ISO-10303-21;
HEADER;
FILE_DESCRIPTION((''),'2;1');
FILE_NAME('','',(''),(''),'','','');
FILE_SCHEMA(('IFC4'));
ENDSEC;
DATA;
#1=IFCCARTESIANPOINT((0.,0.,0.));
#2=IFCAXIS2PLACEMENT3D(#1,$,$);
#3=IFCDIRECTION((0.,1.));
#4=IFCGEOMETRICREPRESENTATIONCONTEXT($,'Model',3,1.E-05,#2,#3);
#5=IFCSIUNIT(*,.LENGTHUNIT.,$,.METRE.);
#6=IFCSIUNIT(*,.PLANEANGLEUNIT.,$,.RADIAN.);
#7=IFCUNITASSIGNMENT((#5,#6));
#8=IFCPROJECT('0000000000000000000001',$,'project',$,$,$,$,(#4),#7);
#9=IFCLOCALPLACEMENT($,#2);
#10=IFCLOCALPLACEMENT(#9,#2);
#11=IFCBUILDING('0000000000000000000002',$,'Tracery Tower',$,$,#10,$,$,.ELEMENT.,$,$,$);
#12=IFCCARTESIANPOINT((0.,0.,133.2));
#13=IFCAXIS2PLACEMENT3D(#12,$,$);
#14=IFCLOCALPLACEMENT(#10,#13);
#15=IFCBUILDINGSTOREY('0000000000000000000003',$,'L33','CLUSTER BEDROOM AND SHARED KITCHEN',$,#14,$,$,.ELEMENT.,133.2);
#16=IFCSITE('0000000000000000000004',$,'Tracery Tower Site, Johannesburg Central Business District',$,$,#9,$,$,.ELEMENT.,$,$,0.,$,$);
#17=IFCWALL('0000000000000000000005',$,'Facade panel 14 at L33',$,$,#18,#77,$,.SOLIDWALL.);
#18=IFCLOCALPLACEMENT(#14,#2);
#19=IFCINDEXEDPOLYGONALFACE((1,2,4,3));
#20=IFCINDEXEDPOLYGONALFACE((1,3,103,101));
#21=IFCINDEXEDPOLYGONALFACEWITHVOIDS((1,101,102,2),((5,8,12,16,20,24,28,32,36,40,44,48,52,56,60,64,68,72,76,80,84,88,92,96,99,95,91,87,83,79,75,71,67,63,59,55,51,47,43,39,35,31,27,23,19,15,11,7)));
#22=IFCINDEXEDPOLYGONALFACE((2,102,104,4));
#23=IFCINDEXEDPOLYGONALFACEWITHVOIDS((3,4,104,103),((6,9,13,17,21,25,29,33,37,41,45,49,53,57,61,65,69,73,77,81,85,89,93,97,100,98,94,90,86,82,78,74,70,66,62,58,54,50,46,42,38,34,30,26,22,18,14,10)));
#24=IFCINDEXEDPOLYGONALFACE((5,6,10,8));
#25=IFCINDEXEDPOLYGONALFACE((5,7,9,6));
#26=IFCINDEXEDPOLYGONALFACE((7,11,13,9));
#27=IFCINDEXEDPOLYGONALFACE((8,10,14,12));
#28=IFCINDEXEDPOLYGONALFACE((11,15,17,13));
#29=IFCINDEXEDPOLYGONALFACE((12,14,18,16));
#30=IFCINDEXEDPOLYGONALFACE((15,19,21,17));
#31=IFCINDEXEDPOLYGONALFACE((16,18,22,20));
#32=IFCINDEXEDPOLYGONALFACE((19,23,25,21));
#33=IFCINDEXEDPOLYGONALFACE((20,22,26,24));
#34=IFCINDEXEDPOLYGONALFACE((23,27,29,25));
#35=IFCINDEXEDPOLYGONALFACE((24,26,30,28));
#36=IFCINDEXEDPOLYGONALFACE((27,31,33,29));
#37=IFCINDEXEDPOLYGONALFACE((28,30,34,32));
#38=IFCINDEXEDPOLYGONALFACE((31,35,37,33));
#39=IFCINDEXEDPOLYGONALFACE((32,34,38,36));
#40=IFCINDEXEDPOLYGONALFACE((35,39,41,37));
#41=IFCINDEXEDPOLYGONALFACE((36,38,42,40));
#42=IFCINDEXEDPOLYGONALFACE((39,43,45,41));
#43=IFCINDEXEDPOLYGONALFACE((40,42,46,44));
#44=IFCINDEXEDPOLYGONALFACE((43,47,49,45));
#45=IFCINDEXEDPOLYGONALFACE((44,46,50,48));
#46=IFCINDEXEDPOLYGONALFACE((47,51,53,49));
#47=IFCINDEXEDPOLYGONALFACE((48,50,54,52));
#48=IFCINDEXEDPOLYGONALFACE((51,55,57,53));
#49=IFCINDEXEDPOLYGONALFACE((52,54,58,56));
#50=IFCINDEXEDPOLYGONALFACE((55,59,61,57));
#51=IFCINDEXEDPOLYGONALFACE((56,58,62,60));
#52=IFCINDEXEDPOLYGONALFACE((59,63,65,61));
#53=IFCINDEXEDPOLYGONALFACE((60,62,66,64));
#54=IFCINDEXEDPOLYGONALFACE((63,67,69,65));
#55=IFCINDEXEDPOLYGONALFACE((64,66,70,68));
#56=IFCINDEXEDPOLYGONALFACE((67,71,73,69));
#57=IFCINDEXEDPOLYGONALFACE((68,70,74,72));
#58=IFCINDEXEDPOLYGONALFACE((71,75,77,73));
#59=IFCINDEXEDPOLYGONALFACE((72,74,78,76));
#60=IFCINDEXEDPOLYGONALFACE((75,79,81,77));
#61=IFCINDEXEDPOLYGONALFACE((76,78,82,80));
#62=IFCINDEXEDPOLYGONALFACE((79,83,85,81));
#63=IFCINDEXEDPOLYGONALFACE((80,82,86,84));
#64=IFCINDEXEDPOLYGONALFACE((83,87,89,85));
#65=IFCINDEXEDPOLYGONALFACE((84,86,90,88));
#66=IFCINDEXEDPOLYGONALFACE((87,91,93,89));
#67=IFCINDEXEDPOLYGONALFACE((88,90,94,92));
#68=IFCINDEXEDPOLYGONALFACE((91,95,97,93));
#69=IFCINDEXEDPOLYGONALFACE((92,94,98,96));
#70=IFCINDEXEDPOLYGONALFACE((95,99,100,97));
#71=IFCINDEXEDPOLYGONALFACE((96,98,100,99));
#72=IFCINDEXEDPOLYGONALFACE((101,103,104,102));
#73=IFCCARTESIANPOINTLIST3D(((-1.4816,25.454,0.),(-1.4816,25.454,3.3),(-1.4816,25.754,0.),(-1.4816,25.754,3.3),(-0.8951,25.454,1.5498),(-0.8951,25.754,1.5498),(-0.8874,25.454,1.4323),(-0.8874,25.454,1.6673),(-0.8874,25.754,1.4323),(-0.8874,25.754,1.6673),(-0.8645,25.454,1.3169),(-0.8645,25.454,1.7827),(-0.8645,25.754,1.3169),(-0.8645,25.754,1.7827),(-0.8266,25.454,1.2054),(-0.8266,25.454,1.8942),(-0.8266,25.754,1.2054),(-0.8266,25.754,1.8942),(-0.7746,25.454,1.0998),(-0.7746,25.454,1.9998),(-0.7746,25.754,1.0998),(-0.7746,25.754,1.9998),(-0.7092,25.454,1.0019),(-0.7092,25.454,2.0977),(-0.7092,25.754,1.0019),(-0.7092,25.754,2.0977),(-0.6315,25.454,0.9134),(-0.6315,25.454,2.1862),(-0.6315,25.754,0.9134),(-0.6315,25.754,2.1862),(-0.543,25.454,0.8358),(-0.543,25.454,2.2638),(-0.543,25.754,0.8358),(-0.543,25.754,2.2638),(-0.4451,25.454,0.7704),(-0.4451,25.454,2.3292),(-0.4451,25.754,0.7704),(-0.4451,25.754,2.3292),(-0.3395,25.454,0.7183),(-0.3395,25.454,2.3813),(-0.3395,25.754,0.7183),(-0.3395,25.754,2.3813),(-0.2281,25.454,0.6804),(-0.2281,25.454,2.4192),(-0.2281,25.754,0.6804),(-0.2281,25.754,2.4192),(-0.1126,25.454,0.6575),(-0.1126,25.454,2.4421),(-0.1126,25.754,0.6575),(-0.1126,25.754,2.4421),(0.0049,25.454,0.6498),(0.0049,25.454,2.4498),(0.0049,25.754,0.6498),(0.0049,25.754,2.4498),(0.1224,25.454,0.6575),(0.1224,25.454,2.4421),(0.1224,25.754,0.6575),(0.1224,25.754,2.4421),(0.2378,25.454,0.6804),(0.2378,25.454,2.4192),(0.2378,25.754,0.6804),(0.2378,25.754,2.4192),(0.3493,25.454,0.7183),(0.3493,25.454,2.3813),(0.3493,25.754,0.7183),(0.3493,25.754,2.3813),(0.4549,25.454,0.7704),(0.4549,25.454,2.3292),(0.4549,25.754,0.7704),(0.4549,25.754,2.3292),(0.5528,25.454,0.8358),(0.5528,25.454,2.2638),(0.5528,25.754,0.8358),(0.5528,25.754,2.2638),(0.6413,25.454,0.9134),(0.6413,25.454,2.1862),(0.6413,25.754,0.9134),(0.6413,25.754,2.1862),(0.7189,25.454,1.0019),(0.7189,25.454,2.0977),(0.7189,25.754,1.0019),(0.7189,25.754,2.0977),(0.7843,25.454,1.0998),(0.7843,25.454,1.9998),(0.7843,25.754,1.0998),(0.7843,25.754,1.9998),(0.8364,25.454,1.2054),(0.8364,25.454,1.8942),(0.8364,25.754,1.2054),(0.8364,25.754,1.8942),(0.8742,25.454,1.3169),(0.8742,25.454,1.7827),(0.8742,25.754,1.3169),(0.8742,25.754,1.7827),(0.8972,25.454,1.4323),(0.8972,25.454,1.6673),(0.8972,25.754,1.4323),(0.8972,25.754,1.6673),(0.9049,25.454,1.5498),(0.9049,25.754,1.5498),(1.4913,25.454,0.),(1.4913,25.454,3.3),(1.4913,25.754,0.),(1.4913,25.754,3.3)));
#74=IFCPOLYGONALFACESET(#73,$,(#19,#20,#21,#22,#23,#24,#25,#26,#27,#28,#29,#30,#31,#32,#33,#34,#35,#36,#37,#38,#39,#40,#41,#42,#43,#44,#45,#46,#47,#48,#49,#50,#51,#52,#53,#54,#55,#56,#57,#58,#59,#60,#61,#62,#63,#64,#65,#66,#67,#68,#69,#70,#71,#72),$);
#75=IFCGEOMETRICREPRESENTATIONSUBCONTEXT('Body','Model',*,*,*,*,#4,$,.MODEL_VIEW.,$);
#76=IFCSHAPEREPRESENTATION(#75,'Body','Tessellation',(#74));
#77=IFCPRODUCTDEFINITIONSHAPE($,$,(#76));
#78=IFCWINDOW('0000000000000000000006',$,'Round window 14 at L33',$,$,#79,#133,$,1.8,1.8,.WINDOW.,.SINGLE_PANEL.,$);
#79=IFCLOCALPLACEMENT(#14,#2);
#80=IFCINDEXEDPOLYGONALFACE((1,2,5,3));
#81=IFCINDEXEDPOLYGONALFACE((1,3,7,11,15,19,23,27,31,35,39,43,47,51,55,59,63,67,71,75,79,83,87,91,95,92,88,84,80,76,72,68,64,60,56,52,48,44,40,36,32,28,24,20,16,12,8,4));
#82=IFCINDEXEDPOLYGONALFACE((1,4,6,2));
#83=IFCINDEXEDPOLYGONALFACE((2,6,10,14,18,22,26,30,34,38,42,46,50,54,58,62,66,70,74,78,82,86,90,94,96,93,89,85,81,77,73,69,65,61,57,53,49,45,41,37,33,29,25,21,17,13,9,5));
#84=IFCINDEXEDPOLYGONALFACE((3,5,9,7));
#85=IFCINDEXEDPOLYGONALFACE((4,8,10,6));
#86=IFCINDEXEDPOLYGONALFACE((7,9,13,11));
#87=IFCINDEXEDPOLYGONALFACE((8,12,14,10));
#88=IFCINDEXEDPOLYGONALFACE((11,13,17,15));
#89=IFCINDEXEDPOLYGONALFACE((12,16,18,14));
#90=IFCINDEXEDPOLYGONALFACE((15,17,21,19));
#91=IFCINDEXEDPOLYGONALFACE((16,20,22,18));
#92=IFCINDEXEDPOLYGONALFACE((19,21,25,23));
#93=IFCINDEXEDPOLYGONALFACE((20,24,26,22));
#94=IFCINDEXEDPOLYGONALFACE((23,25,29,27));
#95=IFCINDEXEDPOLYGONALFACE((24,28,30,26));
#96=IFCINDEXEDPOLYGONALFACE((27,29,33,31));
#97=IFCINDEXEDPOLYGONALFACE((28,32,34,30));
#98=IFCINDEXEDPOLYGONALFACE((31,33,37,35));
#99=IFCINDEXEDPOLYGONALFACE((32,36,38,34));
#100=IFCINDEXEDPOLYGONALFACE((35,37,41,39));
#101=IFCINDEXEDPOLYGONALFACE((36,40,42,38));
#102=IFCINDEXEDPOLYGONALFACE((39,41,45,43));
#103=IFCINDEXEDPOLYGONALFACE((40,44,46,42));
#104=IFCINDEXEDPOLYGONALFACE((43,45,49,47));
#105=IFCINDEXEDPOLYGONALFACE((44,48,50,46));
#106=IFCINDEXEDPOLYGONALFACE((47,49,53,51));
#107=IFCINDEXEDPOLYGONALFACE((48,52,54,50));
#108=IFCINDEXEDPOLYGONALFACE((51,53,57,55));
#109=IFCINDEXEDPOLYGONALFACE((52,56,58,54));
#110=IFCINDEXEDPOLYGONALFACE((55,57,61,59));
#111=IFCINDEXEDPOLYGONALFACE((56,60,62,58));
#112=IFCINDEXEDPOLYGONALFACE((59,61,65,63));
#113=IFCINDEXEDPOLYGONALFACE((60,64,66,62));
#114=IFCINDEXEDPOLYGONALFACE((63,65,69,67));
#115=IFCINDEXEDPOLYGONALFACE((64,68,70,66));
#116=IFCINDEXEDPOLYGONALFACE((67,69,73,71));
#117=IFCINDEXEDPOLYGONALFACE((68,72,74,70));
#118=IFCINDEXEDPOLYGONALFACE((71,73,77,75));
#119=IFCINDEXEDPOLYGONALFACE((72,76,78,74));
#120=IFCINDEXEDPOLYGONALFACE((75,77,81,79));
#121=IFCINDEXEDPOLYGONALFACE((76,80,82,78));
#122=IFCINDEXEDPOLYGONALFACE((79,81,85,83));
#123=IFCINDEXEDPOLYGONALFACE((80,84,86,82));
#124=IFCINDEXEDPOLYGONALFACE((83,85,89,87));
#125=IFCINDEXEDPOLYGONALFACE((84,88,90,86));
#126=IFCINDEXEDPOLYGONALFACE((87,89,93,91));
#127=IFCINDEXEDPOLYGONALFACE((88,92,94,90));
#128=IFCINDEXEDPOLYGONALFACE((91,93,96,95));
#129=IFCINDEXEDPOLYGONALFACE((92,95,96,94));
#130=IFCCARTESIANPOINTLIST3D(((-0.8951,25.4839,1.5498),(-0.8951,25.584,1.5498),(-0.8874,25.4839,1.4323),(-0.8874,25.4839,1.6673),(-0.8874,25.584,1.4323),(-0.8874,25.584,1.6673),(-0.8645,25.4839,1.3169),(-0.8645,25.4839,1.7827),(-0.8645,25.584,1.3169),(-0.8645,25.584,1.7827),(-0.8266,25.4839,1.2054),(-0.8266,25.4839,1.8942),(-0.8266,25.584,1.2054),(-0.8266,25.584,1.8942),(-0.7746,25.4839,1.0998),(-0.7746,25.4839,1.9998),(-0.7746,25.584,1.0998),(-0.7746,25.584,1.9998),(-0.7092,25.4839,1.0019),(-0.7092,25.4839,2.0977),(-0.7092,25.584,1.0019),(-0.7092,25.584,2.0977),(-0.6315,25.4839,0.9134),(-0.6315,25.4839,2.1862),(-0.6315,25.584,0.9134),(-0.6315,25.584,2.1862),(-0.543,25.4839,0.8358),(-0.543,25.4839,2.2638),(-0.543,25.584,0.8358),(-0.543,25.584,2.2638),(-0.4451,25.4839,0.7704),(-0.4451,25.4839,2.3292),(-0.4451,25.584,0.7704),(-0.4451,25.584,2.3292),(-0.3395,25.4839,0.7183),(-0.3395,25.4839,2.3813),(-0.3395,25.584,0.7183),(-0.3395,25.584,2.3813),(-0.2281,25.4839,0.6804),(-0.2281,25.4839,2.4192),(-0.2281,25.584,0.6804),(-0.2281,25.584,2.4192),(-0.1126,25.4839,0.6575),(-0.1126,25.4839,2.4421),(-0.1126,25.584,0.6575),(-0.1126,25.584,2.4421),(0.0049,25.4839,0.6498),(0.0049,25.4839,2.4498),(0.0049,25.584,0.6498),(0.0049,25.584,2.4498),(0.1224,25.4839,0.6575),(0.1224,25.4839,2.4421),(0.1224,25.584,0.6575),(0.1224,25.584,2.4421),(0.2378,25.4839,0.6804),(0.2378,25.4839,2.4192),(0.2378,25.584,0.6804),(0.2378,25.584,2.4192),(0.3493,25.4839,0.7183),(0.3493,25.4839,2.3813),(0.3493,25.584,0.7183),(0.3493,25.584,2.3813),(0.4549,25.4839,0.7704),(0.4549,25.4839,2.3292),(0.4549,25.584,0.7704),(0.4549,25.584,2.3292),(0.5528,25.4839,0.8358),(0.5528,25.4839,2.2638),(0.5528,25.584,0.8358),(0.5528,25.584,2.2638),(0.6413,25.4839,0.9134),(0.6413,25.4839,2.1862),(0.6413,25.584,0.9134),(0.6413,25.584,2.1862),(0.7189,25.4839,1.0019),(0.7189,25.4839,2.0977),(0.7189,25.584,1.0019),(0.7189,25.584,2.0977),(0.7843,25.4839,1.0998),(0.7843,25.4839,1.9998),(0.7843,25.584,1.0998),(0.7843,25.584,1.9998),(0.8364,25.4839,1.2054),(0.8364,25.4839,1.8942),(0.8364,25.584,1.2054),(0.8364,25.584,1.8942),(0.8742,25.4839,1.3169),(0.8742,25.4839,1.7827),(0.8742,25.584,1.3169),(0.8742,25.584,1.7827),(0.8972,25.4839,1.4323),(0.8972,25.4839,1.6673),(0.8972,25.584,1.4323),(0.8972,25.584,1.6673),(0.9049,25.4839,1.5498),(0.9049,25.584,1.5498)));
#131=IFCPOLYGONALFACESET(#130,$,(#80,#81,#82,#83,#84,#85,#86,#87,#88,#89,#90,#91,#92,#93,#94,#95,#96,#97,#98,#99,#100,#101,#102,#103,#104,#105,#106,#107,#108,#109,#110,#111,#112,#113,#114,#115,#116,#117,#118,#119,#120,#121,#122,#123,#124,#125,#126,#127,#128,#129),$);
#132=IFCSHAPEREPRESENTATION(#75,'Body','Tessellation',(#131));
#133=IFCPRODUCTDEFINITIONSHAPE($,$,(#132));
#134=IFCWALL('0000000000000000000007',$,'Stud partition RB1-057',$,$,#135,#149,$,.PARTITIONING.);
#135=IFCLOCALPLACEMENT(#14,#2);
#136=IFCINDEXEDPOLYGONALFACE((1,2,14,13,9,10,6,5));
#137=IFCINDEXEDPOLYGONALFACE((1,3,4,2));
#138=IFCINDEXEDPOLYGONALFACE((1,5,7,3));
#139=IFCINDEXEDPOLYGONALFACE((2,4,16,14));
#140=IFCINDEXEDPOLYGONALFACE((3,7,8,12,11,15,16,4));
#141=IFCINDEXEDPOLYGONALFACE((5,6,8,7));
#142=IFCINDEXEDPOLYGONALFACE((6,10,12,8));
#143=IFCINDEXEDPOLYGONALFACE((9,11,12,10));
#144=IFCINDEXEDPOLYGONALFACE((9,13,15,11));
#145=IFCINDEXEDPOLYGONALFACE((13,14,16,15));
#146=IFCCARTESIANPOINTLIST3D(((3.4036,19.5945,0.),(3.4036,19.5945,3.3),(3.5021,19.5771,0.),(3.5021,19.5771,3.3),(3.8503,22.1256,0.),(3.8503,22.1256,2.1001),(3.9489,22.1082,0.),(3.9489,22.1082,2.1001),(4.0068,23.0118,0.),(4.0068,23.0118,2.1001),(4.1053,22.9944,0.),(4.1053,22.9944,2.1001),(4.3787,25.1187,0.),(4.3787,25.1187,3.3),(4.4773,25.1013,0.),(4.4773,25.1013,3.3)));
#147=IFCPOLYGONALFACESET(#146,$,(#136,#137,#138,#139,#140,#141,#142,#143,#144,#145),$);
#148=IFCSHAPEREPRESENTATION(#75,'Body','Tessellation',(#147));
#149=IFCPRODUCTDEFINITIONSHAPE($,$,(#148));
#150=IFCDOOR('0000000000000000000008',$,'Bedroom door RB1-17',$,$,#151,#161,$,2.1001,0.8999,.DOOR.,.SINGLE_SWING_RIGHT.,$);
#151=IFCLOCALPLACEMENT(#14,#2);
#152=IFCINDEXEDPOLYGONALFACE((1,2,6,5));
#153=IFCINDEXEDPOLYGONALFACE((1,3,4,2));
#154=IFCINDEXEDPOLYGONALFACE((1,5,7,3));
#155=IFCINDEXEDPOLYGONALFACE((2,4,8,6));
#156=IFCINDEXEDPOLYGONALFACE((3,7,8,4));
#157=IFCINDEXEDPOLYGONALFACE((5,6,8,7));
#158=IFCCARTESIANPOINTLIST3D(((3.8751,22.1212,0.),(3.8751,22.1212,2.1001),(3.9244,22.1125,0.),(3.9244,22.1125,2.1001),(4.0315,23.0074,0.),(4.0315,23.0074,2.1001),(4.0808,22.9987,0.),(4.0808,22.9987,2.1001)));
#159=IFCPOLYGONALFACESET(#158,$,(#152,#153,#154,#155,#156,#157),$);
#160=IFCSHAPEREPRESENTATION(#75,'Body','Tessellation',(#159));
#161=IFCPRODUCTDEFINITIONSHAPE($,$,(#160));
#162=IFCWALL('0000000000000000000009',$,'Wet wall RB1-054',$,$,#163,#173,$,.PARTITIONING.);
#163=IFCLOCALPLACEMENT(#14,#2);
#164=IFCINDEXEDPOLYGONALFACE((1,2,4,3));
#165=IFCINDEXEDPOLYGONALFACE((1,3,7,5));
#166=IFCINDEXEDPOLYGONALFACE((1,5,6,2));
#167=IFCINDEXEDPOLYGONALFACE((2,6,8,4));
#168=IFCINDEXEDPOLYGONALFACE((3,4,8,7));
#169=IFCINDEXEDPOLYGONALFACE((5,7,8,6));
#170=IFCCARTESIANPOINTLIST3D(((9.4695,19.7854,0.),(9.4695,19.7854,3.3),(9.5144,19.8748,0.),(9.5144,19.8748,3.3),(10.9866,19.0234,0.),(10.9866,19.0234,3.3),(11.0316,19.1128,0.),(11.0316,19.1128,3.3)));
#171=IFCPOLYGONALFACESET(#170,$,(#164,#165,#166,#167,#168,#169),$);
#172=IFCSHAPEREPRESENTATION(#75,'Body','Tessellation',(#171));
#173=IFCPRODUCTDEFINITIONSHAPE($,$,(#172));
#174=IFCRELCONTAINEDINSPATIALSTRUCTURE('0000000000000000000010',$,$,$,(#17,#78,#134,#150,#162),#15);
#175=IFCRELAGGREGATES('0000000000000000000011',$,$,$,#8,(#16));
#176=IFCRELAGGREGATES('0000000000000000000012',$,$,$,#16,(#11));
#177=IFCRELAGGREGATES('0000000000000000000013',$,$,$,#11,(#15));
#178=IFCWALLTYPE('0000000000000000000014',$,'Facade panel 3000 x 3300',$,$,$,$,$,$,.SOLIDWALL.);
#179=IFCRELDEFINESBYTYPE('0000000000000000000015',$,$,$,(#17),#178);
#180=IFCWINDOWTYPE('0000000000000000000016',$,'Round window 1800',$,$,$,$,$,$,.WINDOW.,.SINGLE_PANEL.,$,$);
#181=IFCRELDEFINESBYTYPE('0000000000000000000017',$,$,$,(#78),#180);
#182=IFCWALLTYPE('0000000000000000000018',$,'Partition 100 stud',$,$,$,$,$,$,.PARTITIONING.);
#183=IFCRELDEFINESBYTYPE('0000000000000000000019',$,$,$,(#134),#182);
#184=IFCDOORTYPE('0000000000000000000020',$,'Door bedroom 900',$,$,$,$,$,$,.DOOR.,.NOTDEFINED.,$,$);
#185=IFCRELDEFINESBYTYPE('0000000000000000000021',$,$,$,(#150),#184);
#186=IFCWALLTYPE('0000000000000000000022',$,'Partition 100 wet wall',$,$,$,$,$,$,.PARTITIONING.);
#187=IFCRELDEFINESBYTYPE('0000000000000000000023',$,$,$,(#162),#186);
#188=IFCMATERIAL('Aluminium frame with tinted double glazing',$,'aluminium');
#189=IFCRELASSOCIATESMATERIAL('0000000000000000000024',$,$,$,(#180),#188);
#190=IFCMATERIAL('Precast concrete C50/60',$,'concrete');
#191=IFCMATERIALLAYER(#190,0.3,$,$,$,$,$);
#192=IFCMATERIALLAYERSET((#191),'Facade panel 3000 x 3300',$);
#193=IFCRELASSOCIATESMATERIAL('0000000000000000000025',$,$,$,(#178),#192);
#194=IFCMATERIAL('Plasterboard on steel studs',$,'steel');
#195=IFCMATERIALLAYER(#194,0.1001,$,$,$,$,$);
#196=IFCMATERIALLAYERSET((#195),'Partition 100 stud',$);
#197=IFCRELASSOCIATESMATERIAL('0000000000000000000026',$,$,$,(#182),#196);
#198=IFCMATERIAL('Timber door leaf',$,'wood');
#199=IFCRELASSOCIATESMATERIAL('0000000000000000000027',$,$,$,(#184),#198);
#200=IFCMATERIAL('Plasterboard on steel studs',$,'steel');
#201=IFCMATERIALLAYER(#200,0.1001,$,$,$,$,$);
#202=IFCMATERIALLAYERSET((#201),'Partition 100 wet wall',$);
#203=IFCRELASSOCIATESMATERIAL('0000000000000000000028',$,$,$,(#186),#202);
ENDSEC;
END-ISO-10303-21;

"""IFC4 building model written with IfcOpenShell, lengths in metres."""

from ifc_helpers import new_model, si_unit, direction, frame, frame_2d, origin, origin_2d, place, context, subcontext, project, spatial, rectangle, circle, extrude, material, layer, layer_set, type_object, element, fill, save


model = new_model("IFC4")

# Units and contexts
model_context = context("Model", 3, precision=1e-05, world=origin(), true_north=direction((0.0, 1.0)))
body_context = subcontext(model_context, "Body", "Model", "MODEL_VIEW")
ifc_project = project(units=[si_unit("LENGTHUNIT", "METRE"), si_unit("PLANEANGLEUNIT", "RADIAN")], contexts=[model_context])

# Site, building, storey
site_placement = place(None, origin())
site = spatial("IfcSite", under=ifc_project, at=site_placement, Name="Tracery Tower Site, Johannesburg Central Business District", CompositionType="ELEMENT", RefElevation=0.0)
building_placement = place(site_placement, origin())
building = spatial("IfcBuilding", under=site, at=building_placement, Name="Tracery Tower", CompositionType="ELEMENT")
storey_placement = place(building_placement, frame((0.0, 0.0, 133.2)))
storey = spatial("IfcBuildingStorey", under=building, at=storey_placement, Name="L33", Description="CLUSTER BEDROOM AND SHARED KITCHEN", CompositionType="ELEMENT", Elevation=133.2)

# Wall, opening, window
ifc_material_1 = material(Name="Aluminium frame with tinted double glazing", Category="aluminium")
window_type = type_object("IfcWindowType", Name="Round window 1800", PartitioningType="SINGLE_PANEL", PredefinedType="WINDOW", material=ifc_material_1)
ifc_material_2 = material(Name="Precast concrete C50/60", Category="concrete")
ifc_layer_1 = layer(ifc_material_2, 0.3)
ifc_layer_set_1 = layer_set([ifc_layer_1], Name="Facade panel 3000 x 3300")
wall_type_1 = type_object("IfcWallType", Name="Facade panel 3000 x 3300", PredefinedType="SOLIDWALL", material=ifc_layer_set_1)
wall_1_placement = place(storey_placement, frame((1.4912, 25.604, 0.0), z_axis=(0.0, 0.0, 1.0), x_axis=(-1.0, 0.0, 0.0)))
wall_1 = element("IfcWall", 1, at=wall_1_placement, inside=storey, type_object=wall_type_1, Name="Facade panel 14 at L33", PredefinedType="SOLIDWALL", context=body_context, shape_type="SweptSolid", body=[
    extrude(rectangle(XDim=2.9729, YDim=0.3, at=frame_2d((1.4863, 0.0))), origin(), (0.0, 0.0, 1.0), 3.3),
])
opening_1_placement = place(wall_1_placement, frame((1.4863, 0.0, 1.5498)))
opening_1 = element("IfcOpeningElement", 2, at=opening_1_placement, cuts=wall_1, PredefinedType="OPENING", context=body_context, shape_type="SweptSolid", body=[
    extrude(circle(Radius=0.9, at=origin_2d()), frame((0.0, 0.1599, 0.0), z_axis=(0.0, -1.0, 0.0), x_axis=(1.0, 0.0, 0.0)), (0.0, 0.0, 1.0), 0.3201),
])
window_1_placement = place(opening_1_placement, origin())
window_1 = element("IfcWindow", 3, at=window_1_placement, inside=storey, type_object=window_type, Name="Round window 14 at L33", OverallHeight=1.8, OverallWidth=1.8, PartitioningType="SINGLE_PANEL", PredefinedType="WINDOW", context=body_context, shape_type="SweptSolid", body=[
    extrude(circle(Radius=0.9, at=origin_2d()), frame((0.0, 0.1201, 0.0), z_axis=(0.0, -1.0, 0.0), x_axis=(1.0, 0.0, 0.0)), (0.0, 0.0, 1.0), 0.1001),
])
fill(opening_1, window_1)

# Wall, opening, door
ifc_material_3 = material(Name="Plasterboard on steel studs", Category="steel")
ifc_layer_2 = layer(ifc_material_3, 0.1001)
ifc_layer_set_2 = layer_set([ifc_layer_2], Name="Partition 100 stud")
wall_type_2 = type_object("IfcWallType", Name="Partition 100 stud", PredefinedType="PARTITIONING", material=ifc_layer_set_2)
wall_2_placement = place(storey_placement, frame((3.4529, 19.5859, 0.0), z_axis=(0.0, 0.0, 1.0), x_axis=(0.173828, 0.984776, 0.0)))
wall_2 = element("IfcWall", 4, at=wall_2_placement, inside=storey, type_object=wall_type_2, Name="Stud partition RB1-057", PredefinedType="PARTITIONING", context=body_context, shape_type="SweptSolid", body=[
    extrude(rectangle(XDim=5.6096, YDim=0.1001, at=frame_2d((2.8047, 0.0))), origin(), (0.0, 0.0, 1.0), 3.3),
])
opening_2_placement = place(wall_2_placement, frame((2.5701, 0.0, 0.0)))
opening_2 = element("IfcOpeningElement", 5, at=opening_2_placement, cuts=wall_2, PredefinedType="OPENING", context=body_context, shape_type="SweptSolid", body=[
    extrude(rectangle(XDim=0.8999, YDim=2.1001, at=frame_2d((0.45, 1.05))), frame((0.0, 0.05, 0.0), z_axis=(0.0, -1.0, 0.0), x_axis=(1.0, 0.0, 0.0)), (0.0, 0.0, 1.0), 0.1001),
])
ifc_material_4 = material(Name="Timber door leaf", Category="wood")
door_type_1 = type_object("IfcDoorType", Name="Door bedroom 900", OperationType="NOTDEFINED", PredefinedType="DOOR", material=ifc_material_4)
door_1_placement = place(opening_2_placement, origin())
door_1 = element("IfcDoor", 6, at=door_1_placement, inside=storey, type_object=door_type_1, Name="Bedroom door RB1-17", OperationType="SINGLE_SWING_RIGHT", OverallHeight=2.1001, OverallWidth=0.8999, PredefinedType="DOOR", context=body_context, shape_type="SweptSolid", body=[
    extrude(rectangle(XDim=0.8999, YDim=2.1001, at=frame_2d((0.45, 1.05))), frame((0.0, 0.0249, 0.0), z_axis=(0.0, -1.0, 0.0), x_axis=(1.0, 0.0, 0.0)), (0.0, 0.0, 1.0), 0.05),
])
fill(opening_2, door_1)

# Wall
ifc_material_5 = material(Name="Plasterboard on steel studs", Category="steel")
ifc_layer_3 = layer(ifc_material_5, 0.1001)
ifc_layer_set_3 = layer_set([ifc_layer_3], Name="Partition 100 wet wall")
wall_type_3 = type_object("IfcWallType", Name="Partition 100 wet wall", PredefinedType="PARTITIONING", material=ifc_layer_set_3)
wall_3_placement = place(storey_placement, frame((9.4919, 19.8301, 0.0), z_axis=(0.0, 0.0, 1.0), x_axis=(0.89362, -0.448824, 0.0)))
element("IfcWall", 7, at=wall_3_placement, inside=storey, type_object=wall_type_3, Name="Wet wall RB1-054", PredefinedType="PARTITIONING", context=body_context, shape_type="SweptSolid", body=[
    extrude(rectangle(XDim=1.6978, YDim=0.1001, at=frame_2d((0.8489, 0.0))), origin(), (0.0, 0.0, 1.0), 3.3),
])

save(model, "model.ifc")
